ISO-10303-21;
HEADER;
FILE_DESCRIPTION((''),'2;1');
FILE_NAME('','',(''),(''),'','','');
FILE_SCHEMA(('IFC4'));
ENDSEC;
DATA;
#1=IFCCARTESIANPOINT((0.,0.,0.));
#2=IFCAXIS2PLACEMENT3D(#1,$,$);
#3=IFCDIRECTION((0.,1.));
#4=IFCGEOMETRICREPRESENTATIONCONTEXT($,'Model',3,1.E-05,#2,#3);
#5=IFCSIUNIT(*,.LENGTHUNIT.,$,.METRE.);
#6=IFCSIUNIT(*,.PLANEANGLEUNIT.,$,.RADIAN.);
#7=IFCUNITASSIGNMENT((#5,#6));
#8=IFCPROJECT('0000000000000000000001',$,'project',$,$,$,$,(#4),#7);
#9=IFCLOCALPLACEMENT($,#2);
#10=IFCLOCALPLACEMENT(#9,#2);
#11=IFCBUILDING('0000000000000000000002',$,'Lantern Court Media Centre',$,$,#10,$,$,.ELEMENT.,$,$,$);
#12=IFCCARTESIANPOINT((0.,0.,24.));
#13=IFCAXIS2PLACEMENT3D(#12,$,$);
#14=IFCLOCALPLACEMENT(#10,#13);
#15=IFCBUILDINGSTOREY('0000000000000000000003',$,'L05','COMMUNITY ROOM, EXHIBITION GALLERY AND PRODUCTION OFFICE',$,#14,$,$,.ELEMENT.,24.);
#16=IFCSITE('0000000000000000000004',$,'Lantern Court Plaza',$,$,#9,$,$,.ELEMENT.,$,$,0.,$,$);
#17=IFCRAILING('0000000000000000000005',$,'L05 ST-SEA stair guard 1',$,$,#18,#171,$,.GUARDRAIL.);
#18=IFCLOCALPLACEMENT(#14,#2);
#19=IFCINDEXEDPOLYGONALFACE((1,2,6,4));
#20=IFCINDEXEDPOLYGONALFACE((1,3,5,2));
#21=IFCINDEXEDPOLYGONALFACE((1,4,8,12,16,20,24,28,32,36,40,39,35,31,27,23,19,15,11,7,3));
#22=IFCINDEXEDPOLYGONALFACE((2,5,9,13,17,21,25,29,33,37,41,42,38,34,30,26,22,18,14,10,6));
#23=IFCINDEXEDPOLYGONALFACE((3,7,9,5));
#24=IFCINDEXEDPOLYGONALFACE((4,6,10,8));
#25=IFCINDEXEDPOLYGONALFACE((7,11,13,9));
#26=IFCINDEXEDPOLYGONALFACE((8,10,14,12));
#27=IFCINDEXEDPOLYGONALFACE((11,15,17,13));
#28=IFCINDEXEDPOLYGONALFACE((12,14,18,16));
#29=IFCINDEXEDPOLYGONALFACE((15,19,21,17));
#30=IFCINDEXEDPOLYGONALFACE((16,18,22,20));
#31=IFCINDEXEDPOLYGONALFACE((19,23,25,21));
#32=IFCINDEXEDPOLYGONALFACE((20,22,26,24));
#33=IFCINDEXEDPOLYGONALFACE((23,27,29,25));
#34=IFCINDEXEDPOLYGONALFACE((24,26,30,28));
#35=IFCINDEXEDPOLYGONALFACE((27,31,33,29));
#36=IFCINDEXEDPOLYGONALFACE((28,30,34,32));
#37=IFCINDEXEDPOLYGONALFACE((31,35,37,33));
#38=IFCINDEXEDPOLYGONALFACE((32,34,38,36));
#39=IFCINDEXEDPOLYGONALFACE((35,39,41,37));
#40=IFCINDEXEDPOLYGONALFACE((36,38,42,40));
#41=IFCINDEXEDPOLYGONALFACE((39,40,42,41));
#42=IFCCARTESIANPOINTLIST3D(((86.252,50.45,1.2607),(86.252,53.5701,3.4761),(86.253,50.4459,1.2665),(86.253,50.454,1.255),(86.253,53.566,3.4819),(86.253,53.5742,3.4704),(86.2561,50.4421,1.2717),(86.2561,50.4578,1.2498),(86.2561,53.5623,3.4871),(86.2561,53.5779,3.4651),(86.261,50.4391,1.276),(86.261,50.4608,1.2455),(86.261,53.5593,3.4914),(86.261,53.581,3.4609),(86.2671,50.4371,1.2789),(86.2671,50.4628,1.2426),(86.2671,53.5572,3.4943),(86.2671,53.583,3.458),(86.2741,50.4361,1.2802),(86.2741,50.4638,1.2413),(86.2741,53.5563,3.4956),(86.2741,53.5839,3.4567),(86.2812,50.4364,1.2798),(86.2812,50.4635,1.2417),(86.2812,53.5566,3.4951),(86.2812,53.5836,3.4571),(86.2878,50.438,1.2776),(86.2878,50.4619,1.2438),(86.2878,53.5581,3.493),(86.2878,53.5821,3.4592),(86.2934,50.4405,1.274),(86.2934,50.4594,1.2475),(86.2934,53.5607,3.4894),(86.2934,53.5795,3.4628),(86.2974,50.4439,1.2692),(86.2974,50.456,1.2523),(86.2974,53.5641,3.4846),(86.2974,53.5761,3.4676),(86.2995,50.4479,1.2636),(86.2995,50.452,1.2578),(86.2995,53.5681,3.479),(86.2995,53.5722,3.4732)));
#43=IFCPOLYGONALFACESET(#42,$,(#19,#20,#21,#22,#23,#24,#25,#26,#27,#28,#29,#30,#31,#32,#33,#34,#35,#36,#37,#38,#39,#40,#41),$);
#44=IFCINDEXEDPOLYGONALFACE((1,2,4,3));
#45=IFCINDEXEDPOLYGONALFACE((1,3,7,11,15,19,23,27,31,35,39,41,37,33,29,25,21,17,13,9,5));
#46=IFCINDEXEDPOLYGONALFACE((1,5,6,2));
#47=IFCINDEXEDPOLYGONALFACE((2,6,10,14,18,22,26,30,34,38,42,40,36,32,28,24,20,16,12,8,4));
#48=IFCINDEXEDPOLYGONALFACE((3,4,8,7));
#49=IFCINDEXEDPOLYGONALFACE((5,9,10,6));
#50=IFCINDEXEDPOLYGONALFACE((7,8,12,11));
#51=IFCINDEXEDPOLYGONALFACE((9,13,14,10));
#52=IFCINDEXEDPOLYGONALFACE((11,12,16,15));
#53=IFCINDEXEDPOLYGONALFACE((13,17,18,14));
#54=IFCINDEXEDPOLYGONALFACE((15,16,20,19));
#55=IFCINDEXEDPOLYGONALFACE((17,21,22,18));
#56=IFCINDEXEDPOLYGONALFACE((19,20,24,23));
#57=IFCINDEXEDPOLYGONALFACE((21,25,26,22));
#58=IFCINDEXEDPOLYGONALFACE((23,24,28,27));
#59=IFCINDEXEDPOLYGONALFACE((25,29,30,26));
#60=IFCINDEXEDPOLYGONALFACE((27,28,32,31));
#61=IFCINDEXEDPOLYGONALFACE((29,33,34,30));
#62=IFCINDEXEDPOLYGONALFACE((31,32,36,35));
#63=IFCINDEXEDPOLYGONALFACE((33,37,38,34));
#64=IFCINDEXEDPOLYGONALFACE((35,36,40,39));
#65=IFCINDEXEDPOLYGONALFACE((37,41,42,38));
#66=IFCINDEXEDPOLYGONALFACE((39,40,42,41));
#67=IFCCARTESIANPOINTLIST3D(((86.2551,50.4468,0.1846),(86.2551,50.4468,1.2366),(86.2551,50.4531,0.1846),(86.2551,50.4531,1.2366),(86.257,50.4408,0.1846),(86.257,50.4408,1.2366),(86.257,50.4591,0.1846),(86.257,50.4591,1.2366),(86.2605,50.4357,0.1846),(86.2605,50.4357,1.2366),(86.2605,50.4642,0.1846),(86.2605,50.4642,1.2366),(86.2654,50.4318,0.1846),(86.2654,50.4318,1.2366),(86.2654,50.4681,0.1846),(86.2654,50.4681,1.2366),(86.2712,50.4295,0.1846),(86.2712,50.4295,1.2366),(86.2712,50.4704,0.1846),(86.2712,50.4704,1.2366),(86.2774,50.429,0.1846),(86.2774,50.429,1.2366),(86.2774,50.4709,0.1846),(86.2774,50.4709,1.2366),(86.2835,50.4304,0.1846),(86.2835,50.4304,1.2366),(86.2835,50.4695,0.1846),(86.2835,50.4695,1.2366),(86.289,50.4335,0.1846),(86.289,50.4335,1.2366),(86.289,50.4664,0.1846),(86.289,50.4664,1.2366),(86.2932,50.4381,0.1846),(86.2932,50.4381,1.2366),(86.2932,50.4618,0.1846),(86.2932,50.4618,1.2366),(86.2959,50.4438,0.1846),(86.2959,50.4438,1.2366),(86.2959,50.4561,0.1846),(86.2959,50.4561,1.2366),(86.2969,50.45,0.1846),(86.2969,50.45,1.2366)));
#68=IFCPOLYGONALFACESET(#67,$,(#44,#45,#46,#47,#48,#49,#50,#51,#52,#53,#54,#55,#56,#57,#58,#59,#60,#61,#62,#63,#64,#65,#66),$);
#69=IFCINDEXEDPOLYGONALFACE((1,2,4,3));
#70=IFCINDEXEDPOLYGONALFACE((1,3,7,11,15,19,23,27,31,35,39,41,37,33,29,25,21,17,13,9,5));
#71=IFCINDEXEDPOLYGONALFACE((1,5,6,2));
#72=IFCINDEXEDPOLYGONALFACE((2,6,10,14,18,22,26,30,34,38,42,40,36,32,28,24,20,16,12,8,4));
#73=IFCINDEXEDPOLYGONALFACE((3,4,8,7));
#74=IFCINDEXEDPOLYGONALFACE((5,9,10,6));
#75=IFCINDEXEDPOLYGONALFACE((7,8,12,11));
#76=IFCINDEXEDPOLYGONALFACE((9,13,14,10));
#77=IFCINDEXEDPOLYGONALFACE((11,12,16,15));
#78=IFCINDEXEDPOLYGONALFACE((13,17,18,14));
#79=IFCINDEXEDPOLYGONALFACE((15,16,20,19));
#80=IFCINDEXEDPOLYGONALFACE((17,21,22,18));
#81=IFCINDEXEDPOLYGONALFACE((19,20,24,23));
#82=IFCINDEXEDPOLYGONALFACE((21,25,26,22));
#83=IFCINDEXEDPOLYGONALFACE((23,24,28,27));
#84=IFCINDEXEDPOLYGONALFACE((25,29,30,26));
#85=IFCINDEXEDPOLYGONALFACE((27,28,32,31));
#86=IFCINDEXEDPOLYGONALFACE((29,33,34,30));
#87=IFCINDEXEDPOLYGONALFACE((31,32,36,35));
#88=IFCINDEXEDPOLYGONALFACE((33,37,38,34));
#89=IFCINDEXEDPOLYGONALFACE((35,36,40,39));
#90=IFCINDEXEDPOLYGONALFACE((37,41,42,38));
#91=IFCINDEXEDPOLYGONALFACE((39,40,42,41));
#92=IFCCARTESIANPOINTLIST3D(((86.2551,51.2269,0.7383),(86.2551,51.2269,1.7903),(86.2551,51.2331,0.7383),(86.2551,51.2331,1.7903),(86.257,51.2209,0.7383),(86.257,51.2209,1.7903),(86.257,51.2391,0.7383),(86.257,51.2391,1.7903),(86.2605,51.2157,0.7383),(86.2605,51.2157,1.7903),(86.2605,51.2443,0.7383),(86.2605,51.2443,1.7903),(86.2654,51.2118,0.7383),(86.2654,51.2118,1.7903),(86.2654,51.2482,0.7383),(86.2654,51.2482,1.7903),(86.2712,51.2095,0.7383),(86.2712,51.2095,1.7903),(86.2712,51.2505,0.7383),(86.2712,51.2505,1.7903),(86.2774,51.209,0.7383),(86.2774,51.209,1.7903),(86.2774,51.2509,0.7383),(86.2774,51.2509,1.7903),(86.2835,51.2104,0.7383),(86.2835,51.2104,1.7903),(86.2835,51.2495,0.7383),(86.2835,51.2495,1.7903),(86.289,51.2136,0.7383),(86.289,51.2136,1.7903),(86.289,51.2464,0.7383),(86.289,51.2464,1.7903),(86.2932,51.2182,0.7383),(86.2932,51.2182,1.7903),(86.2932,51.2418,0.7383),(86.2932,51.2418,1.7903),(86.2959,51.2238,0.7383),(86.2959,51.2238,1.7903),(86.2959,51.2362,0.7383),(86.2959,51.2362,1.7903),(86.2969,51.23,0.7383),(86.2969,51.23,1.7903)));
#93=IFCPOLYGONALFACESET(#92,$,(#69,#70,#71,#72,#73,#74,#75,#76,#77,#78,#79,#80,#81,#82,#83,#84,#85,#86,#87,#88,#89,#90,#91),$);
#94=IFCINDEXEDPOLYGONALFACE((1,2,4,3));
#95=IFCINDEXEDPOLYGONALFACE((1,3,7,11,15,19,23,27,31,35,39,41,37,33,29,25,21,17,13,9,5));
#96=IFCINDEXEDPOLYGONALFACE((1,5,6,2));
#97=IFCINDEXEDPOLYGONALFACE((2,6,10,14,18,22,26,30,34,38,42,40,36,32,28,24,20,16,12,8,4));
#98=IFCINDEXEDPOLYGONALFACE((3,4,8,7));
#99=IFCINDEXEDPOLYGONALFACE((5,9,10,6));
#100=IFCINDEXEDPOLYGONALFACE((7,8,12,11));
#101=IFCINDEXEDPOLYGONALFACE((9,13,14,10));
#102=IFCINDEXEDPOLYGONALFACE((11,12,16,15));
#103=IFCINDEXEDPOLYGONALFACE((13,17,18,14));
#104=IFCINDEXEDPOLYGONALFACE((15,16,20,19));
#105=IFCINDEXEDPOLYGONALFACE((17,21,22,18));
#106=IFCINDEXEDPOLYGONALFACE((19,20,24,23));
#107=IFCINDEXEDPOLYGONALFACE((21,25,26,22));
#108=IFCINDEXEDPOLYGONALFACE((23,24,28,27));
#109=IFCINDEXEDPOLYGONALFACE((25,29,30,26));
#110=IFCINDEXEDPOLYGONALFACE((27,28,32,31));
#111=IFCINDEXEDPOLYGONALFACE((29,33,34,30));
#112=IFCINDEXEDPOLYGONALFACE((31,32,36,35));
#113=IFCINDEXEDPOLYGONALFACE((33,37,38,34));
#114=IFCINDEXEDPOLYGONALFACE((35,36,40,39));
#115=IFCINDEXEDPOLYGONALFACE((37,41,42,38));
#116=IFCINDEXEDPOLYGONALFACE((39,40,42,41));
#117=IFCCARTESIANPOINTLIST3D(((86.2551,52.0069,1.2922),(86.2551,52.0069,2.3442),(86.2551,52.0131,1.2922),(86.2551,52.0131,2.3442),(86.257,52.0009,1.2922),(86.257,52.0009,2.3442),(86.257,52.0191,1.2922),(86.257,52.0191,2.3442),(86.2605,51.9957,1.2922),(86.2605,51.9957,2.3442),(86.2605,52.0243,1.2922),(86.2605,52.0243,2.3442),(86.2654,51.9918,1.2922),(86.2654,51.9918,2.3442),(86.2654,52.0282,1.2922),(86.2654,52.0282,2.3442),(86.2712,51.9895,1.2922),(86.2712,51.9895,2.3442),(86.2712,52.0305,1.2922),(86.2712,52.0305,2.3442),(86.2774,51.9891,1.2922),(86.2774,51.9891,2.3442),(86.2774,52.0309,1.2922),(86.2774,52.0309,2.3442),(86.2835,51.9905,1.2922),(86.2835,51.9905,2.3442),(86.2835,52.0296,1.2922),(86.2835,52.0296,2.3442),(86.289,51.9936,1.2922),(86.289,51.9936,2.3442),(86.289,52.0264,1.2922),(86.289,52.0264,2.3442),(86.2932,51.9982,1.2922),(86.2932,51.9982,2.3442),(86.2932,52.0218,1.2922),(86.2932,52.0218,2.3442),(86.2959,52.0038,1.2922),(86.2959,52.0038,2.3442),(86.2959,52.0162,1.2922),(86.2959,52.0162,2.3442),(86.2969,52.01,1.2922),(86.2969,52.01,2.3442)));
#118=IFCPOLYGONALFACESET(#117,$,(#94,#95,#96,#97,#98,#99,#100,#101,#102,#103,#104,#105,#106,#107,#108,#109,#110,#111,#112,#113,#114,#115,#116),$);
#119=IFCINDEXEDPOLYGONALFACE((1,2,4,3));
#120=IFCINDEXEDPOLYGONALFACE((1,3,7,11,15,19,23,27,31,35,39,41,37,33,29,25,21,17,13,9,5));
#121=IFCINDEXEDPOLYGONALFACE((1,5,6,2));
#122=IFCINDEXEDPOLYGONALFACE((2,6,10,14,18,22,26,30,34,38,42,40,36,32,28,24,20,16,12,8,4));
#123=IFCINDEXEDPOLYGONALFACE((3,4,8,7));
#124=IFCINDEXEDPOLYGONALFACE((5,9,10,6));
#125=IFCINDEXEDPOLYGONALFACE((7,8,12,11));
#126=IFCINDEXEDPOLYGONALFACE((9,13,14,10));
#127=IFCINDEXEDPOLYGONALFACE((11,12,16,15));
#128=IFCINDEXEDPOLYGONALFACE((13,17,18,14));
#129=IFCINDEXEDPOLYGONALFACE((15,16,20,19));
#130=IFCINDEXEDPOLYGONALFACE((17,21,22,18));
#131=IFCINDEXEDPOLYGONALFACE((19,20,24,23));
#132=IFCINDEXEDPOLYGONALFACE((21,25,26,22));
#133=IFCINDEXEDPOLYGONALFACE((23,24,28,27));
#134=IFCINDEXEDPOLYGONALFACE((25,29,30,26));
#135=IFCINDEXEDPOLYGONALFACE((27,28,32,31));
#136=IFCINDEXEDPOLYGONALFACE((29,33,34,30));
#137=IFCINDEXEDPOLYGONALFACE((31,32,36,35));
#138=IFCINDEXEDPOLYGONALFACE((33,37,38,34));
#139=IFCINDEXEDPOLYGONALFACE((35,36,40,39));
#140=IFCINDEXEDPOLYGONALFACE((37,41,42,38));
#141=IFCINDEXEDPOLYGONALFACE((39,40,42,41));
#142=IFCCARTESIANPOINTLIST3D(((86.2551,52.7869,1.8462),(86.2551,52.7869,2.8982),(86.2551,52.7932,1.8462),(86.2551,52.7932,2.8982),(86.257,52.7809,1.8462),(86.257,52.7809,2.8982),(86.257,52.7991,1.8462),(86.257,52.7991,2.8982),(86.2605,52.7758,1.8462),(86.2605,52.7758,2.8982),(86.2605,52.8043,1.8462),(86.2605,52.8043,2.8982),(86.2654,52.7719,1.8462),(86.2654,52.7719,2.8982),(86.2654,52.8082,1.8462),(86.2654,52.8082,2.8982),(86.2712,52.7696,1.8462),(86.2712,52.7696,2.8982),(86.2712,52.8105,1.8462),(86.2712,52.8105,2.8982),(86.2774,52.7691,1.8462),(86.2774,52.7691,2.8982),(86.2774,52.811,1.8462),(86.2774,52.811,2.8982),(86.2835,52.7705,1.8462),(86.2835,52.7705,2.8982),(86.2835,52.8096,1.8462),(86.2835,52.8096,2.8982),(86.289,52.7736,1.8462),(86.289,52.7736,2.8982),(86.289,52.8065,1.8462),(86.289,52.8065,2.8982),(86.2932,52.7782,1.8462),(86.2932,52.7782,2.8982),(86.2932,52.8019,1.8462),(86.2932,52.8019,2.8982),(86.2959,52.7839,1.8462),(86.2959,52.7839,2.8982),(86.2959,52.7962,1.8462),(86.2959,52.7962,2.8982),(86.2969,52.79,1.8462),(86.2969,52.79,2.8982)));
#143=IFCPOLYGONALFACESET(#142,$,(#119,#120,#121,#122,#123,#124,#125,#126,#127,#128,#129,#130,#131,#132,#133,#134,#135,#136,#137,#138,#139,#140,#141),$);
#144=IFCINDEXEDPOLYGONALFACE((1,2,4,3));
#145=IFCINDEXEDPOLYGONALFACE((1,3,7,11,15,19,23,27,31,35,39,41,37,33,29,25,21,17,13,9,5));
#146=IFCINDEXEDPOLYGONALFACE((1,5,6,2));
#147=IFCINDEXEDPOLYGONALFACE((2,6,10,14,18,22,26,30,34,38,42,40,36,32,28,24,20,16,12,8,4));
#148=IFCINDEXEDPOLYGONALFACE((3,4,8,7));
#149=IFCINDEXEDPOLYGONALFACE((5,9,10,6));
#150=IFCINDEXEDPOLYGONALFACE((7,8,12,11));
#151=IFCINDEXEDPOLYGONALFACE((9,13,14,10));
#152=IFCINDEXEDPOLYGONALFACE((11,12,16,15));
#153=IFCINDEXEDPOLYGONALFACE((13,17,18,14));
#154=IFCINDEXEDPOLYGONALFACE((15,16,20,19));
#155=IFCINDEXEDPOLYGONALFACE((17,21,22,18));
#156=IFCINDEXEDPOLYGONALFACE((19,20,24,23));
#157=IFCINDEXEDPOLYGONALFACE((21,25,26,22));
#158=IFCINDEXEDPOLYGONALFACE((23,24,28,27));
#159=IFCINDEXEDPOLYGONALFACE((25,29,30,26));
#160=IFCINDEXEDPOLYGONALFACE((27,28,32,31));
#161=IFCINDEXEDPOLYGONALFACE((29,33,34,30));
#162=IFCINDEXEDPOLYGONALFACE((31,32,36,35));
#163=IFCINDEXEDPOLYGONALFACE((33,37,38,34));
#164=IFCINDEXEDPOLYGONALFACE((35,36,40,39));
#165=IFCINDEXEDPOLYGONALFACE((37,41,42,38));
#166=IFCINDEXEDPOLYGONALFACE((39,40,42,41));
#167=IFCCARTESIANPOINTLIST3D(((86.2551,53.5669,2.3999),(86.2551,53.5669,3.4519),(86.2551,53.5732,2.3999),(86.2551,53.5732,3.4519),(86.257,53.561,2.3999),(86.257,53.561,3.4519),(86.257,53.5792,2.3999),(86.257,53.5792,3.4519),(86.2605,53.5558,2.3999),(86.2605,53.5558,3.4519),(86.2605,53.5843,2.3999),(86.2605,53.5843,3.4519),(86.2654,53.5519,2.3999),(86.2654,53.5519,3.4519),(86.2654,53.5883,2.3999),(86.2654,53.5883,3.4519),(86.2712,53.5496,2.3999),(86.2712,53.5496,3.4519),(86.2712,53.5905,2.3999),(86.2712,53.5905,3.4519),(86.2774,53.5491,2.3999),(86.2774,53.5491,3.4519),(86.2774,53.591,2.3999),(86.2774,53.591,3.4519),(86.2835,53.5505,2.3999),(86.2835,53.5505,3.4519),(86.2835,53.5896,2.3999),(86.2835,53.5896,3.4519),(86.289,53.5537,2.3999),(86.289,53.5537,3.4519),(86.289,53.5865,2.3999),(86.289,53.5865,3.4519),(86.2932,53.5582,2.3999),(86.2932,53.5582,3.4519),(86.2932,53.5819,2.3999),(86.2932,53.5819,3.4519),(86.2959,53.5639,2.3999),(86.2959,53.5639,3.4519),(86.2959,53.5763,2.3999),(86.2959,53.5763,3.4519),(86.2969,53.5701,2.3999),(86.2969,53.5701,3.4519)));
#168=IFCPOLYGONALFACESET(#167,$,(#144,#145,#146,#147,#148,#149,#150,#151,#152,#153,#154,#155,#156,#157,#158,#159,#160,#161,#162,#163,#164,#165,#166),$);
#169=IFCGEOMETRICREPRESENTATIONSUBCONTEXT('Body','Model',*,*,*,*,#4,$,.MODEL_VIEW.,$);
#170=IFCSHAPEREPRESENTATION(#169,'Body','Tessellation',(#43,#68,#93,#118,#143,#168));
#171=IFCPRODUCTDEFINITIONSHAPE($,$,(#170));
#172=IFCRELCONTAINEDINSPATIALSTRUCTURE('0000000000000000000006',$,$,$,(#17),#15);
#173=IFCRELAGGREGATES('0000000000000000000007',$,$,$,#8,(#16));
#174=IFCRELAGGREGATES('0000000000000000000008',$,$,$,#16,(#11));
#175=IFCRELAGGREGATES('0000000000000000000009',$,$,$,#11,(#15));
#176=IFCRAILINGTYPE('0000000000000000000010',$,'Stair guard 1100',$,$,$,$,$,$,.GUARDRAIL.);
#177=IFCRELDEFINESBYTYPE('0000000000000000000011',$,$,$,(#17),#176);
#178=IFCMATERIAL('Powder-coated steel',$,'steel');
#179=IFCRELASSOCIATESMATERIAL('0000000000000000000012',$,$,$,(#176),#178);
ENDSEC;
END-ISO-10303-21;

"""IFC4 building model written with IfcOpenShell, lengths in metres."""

from ifc_helpers import new_model, si_unit, direction, frame, origin, origin_2d, place, context, subcontext, project, spatial, circle, extrude, material, type_object, element, save


model = new_model("IFC4")

# Units and contexts
model_context = context("Model", 3, precision=1e-05, world=origin(), true_north=direction((0.0, 1.0)))
body_context = subcontext(model_context, "Body", "Model", "MODEL_VIEW")
ifc_project = project(units=[si_unit("LENGTHUNIT", "METRE"), si_unit("PLANEANGLEUNIT", "RADIAN")], contexts=[model_context])

# Site, building, storey
site_placement = place(None, origin())
site = spatial("IfcSite", under=ifc_project, at=site_placement, Name="Lantern Court Plaza", CompositionType="ELEMENT", RefElevation=0.0)
building_placement = place(site_placement, origin())
building = spatial("IfcBuilding", under=site, at=building_placement, Name="Lantern Court Media Centre", CompositionType="ELEMENT")
storey_placement = place(building_placement, frame((0.0, 0.0, 24.0)))
storey = spatial("IfcBuildingStorey", under=building, at=storey_placement, Name="L05", Description="COMMUNITY ROOM, EXHIBITION GALLERY AND PRODUCTION OFFICE", CompositionType="ELEMENT", Elevation=24.0)

# Shared definitions
ifc_material_1 = material(Name="Powder-coated steel", Category="steel")

# Railing
railing_type_1 = type_object("IfcRailingType", Name="Stair guard 1100", PredefinedType="GUARDRAIL", material=ifc_material_1)
railing_1_placement = place(storey_placement, frame((86.2759, 50.45, 0.1846)))
element("IfcRailing", 1, at=railing_1_placement, inside=storey, type_object=railing_type_1, Name="L05 ST-SEA stair guard 1", PredefinedType="GUARDRAIL", context=body_context, shape_type="SweptSolid", body=[
    extrude(circle(Radius=0.0239, at=origin_2d()), frame((0.0, 0.0, 1.0762), z_axis=(0.0, 0.815377, 0.57893), x_axis=(-1.0, 0.0, 0.0)), (0.0, 0.0, 1.0), 3.8267),
    extrude(circle(Radius=0.021, at=origin_2d()), origin(), (0.0, 0.0, 1.0), 1.052),
    extrude(circle(Radius=0.021, at=origin_2d()), frame((0.0, 0.78, 0.5537)), (0.0, 0.0, 1.0), 1.052),
    extrude(circle(Radius=0.021, at=origin_2d()), frame((0.0, 1.5601, 1.1077)), (0.0, 0.0, 1.0), 1.052),
    extrude(circle(Radius=0.021, at=origin_2d()), frame((0.0, 2.3401, 1.6616)), (0.0, 0.0, 1.0), 1.052),
    extrude(circle(Radius=0.021, at=origin_2d()), frame((0.0, 3.1201, 2.2153)), (0.0, 0.0, 1.0), 1.052),
])

save(model, "model.ifc")
